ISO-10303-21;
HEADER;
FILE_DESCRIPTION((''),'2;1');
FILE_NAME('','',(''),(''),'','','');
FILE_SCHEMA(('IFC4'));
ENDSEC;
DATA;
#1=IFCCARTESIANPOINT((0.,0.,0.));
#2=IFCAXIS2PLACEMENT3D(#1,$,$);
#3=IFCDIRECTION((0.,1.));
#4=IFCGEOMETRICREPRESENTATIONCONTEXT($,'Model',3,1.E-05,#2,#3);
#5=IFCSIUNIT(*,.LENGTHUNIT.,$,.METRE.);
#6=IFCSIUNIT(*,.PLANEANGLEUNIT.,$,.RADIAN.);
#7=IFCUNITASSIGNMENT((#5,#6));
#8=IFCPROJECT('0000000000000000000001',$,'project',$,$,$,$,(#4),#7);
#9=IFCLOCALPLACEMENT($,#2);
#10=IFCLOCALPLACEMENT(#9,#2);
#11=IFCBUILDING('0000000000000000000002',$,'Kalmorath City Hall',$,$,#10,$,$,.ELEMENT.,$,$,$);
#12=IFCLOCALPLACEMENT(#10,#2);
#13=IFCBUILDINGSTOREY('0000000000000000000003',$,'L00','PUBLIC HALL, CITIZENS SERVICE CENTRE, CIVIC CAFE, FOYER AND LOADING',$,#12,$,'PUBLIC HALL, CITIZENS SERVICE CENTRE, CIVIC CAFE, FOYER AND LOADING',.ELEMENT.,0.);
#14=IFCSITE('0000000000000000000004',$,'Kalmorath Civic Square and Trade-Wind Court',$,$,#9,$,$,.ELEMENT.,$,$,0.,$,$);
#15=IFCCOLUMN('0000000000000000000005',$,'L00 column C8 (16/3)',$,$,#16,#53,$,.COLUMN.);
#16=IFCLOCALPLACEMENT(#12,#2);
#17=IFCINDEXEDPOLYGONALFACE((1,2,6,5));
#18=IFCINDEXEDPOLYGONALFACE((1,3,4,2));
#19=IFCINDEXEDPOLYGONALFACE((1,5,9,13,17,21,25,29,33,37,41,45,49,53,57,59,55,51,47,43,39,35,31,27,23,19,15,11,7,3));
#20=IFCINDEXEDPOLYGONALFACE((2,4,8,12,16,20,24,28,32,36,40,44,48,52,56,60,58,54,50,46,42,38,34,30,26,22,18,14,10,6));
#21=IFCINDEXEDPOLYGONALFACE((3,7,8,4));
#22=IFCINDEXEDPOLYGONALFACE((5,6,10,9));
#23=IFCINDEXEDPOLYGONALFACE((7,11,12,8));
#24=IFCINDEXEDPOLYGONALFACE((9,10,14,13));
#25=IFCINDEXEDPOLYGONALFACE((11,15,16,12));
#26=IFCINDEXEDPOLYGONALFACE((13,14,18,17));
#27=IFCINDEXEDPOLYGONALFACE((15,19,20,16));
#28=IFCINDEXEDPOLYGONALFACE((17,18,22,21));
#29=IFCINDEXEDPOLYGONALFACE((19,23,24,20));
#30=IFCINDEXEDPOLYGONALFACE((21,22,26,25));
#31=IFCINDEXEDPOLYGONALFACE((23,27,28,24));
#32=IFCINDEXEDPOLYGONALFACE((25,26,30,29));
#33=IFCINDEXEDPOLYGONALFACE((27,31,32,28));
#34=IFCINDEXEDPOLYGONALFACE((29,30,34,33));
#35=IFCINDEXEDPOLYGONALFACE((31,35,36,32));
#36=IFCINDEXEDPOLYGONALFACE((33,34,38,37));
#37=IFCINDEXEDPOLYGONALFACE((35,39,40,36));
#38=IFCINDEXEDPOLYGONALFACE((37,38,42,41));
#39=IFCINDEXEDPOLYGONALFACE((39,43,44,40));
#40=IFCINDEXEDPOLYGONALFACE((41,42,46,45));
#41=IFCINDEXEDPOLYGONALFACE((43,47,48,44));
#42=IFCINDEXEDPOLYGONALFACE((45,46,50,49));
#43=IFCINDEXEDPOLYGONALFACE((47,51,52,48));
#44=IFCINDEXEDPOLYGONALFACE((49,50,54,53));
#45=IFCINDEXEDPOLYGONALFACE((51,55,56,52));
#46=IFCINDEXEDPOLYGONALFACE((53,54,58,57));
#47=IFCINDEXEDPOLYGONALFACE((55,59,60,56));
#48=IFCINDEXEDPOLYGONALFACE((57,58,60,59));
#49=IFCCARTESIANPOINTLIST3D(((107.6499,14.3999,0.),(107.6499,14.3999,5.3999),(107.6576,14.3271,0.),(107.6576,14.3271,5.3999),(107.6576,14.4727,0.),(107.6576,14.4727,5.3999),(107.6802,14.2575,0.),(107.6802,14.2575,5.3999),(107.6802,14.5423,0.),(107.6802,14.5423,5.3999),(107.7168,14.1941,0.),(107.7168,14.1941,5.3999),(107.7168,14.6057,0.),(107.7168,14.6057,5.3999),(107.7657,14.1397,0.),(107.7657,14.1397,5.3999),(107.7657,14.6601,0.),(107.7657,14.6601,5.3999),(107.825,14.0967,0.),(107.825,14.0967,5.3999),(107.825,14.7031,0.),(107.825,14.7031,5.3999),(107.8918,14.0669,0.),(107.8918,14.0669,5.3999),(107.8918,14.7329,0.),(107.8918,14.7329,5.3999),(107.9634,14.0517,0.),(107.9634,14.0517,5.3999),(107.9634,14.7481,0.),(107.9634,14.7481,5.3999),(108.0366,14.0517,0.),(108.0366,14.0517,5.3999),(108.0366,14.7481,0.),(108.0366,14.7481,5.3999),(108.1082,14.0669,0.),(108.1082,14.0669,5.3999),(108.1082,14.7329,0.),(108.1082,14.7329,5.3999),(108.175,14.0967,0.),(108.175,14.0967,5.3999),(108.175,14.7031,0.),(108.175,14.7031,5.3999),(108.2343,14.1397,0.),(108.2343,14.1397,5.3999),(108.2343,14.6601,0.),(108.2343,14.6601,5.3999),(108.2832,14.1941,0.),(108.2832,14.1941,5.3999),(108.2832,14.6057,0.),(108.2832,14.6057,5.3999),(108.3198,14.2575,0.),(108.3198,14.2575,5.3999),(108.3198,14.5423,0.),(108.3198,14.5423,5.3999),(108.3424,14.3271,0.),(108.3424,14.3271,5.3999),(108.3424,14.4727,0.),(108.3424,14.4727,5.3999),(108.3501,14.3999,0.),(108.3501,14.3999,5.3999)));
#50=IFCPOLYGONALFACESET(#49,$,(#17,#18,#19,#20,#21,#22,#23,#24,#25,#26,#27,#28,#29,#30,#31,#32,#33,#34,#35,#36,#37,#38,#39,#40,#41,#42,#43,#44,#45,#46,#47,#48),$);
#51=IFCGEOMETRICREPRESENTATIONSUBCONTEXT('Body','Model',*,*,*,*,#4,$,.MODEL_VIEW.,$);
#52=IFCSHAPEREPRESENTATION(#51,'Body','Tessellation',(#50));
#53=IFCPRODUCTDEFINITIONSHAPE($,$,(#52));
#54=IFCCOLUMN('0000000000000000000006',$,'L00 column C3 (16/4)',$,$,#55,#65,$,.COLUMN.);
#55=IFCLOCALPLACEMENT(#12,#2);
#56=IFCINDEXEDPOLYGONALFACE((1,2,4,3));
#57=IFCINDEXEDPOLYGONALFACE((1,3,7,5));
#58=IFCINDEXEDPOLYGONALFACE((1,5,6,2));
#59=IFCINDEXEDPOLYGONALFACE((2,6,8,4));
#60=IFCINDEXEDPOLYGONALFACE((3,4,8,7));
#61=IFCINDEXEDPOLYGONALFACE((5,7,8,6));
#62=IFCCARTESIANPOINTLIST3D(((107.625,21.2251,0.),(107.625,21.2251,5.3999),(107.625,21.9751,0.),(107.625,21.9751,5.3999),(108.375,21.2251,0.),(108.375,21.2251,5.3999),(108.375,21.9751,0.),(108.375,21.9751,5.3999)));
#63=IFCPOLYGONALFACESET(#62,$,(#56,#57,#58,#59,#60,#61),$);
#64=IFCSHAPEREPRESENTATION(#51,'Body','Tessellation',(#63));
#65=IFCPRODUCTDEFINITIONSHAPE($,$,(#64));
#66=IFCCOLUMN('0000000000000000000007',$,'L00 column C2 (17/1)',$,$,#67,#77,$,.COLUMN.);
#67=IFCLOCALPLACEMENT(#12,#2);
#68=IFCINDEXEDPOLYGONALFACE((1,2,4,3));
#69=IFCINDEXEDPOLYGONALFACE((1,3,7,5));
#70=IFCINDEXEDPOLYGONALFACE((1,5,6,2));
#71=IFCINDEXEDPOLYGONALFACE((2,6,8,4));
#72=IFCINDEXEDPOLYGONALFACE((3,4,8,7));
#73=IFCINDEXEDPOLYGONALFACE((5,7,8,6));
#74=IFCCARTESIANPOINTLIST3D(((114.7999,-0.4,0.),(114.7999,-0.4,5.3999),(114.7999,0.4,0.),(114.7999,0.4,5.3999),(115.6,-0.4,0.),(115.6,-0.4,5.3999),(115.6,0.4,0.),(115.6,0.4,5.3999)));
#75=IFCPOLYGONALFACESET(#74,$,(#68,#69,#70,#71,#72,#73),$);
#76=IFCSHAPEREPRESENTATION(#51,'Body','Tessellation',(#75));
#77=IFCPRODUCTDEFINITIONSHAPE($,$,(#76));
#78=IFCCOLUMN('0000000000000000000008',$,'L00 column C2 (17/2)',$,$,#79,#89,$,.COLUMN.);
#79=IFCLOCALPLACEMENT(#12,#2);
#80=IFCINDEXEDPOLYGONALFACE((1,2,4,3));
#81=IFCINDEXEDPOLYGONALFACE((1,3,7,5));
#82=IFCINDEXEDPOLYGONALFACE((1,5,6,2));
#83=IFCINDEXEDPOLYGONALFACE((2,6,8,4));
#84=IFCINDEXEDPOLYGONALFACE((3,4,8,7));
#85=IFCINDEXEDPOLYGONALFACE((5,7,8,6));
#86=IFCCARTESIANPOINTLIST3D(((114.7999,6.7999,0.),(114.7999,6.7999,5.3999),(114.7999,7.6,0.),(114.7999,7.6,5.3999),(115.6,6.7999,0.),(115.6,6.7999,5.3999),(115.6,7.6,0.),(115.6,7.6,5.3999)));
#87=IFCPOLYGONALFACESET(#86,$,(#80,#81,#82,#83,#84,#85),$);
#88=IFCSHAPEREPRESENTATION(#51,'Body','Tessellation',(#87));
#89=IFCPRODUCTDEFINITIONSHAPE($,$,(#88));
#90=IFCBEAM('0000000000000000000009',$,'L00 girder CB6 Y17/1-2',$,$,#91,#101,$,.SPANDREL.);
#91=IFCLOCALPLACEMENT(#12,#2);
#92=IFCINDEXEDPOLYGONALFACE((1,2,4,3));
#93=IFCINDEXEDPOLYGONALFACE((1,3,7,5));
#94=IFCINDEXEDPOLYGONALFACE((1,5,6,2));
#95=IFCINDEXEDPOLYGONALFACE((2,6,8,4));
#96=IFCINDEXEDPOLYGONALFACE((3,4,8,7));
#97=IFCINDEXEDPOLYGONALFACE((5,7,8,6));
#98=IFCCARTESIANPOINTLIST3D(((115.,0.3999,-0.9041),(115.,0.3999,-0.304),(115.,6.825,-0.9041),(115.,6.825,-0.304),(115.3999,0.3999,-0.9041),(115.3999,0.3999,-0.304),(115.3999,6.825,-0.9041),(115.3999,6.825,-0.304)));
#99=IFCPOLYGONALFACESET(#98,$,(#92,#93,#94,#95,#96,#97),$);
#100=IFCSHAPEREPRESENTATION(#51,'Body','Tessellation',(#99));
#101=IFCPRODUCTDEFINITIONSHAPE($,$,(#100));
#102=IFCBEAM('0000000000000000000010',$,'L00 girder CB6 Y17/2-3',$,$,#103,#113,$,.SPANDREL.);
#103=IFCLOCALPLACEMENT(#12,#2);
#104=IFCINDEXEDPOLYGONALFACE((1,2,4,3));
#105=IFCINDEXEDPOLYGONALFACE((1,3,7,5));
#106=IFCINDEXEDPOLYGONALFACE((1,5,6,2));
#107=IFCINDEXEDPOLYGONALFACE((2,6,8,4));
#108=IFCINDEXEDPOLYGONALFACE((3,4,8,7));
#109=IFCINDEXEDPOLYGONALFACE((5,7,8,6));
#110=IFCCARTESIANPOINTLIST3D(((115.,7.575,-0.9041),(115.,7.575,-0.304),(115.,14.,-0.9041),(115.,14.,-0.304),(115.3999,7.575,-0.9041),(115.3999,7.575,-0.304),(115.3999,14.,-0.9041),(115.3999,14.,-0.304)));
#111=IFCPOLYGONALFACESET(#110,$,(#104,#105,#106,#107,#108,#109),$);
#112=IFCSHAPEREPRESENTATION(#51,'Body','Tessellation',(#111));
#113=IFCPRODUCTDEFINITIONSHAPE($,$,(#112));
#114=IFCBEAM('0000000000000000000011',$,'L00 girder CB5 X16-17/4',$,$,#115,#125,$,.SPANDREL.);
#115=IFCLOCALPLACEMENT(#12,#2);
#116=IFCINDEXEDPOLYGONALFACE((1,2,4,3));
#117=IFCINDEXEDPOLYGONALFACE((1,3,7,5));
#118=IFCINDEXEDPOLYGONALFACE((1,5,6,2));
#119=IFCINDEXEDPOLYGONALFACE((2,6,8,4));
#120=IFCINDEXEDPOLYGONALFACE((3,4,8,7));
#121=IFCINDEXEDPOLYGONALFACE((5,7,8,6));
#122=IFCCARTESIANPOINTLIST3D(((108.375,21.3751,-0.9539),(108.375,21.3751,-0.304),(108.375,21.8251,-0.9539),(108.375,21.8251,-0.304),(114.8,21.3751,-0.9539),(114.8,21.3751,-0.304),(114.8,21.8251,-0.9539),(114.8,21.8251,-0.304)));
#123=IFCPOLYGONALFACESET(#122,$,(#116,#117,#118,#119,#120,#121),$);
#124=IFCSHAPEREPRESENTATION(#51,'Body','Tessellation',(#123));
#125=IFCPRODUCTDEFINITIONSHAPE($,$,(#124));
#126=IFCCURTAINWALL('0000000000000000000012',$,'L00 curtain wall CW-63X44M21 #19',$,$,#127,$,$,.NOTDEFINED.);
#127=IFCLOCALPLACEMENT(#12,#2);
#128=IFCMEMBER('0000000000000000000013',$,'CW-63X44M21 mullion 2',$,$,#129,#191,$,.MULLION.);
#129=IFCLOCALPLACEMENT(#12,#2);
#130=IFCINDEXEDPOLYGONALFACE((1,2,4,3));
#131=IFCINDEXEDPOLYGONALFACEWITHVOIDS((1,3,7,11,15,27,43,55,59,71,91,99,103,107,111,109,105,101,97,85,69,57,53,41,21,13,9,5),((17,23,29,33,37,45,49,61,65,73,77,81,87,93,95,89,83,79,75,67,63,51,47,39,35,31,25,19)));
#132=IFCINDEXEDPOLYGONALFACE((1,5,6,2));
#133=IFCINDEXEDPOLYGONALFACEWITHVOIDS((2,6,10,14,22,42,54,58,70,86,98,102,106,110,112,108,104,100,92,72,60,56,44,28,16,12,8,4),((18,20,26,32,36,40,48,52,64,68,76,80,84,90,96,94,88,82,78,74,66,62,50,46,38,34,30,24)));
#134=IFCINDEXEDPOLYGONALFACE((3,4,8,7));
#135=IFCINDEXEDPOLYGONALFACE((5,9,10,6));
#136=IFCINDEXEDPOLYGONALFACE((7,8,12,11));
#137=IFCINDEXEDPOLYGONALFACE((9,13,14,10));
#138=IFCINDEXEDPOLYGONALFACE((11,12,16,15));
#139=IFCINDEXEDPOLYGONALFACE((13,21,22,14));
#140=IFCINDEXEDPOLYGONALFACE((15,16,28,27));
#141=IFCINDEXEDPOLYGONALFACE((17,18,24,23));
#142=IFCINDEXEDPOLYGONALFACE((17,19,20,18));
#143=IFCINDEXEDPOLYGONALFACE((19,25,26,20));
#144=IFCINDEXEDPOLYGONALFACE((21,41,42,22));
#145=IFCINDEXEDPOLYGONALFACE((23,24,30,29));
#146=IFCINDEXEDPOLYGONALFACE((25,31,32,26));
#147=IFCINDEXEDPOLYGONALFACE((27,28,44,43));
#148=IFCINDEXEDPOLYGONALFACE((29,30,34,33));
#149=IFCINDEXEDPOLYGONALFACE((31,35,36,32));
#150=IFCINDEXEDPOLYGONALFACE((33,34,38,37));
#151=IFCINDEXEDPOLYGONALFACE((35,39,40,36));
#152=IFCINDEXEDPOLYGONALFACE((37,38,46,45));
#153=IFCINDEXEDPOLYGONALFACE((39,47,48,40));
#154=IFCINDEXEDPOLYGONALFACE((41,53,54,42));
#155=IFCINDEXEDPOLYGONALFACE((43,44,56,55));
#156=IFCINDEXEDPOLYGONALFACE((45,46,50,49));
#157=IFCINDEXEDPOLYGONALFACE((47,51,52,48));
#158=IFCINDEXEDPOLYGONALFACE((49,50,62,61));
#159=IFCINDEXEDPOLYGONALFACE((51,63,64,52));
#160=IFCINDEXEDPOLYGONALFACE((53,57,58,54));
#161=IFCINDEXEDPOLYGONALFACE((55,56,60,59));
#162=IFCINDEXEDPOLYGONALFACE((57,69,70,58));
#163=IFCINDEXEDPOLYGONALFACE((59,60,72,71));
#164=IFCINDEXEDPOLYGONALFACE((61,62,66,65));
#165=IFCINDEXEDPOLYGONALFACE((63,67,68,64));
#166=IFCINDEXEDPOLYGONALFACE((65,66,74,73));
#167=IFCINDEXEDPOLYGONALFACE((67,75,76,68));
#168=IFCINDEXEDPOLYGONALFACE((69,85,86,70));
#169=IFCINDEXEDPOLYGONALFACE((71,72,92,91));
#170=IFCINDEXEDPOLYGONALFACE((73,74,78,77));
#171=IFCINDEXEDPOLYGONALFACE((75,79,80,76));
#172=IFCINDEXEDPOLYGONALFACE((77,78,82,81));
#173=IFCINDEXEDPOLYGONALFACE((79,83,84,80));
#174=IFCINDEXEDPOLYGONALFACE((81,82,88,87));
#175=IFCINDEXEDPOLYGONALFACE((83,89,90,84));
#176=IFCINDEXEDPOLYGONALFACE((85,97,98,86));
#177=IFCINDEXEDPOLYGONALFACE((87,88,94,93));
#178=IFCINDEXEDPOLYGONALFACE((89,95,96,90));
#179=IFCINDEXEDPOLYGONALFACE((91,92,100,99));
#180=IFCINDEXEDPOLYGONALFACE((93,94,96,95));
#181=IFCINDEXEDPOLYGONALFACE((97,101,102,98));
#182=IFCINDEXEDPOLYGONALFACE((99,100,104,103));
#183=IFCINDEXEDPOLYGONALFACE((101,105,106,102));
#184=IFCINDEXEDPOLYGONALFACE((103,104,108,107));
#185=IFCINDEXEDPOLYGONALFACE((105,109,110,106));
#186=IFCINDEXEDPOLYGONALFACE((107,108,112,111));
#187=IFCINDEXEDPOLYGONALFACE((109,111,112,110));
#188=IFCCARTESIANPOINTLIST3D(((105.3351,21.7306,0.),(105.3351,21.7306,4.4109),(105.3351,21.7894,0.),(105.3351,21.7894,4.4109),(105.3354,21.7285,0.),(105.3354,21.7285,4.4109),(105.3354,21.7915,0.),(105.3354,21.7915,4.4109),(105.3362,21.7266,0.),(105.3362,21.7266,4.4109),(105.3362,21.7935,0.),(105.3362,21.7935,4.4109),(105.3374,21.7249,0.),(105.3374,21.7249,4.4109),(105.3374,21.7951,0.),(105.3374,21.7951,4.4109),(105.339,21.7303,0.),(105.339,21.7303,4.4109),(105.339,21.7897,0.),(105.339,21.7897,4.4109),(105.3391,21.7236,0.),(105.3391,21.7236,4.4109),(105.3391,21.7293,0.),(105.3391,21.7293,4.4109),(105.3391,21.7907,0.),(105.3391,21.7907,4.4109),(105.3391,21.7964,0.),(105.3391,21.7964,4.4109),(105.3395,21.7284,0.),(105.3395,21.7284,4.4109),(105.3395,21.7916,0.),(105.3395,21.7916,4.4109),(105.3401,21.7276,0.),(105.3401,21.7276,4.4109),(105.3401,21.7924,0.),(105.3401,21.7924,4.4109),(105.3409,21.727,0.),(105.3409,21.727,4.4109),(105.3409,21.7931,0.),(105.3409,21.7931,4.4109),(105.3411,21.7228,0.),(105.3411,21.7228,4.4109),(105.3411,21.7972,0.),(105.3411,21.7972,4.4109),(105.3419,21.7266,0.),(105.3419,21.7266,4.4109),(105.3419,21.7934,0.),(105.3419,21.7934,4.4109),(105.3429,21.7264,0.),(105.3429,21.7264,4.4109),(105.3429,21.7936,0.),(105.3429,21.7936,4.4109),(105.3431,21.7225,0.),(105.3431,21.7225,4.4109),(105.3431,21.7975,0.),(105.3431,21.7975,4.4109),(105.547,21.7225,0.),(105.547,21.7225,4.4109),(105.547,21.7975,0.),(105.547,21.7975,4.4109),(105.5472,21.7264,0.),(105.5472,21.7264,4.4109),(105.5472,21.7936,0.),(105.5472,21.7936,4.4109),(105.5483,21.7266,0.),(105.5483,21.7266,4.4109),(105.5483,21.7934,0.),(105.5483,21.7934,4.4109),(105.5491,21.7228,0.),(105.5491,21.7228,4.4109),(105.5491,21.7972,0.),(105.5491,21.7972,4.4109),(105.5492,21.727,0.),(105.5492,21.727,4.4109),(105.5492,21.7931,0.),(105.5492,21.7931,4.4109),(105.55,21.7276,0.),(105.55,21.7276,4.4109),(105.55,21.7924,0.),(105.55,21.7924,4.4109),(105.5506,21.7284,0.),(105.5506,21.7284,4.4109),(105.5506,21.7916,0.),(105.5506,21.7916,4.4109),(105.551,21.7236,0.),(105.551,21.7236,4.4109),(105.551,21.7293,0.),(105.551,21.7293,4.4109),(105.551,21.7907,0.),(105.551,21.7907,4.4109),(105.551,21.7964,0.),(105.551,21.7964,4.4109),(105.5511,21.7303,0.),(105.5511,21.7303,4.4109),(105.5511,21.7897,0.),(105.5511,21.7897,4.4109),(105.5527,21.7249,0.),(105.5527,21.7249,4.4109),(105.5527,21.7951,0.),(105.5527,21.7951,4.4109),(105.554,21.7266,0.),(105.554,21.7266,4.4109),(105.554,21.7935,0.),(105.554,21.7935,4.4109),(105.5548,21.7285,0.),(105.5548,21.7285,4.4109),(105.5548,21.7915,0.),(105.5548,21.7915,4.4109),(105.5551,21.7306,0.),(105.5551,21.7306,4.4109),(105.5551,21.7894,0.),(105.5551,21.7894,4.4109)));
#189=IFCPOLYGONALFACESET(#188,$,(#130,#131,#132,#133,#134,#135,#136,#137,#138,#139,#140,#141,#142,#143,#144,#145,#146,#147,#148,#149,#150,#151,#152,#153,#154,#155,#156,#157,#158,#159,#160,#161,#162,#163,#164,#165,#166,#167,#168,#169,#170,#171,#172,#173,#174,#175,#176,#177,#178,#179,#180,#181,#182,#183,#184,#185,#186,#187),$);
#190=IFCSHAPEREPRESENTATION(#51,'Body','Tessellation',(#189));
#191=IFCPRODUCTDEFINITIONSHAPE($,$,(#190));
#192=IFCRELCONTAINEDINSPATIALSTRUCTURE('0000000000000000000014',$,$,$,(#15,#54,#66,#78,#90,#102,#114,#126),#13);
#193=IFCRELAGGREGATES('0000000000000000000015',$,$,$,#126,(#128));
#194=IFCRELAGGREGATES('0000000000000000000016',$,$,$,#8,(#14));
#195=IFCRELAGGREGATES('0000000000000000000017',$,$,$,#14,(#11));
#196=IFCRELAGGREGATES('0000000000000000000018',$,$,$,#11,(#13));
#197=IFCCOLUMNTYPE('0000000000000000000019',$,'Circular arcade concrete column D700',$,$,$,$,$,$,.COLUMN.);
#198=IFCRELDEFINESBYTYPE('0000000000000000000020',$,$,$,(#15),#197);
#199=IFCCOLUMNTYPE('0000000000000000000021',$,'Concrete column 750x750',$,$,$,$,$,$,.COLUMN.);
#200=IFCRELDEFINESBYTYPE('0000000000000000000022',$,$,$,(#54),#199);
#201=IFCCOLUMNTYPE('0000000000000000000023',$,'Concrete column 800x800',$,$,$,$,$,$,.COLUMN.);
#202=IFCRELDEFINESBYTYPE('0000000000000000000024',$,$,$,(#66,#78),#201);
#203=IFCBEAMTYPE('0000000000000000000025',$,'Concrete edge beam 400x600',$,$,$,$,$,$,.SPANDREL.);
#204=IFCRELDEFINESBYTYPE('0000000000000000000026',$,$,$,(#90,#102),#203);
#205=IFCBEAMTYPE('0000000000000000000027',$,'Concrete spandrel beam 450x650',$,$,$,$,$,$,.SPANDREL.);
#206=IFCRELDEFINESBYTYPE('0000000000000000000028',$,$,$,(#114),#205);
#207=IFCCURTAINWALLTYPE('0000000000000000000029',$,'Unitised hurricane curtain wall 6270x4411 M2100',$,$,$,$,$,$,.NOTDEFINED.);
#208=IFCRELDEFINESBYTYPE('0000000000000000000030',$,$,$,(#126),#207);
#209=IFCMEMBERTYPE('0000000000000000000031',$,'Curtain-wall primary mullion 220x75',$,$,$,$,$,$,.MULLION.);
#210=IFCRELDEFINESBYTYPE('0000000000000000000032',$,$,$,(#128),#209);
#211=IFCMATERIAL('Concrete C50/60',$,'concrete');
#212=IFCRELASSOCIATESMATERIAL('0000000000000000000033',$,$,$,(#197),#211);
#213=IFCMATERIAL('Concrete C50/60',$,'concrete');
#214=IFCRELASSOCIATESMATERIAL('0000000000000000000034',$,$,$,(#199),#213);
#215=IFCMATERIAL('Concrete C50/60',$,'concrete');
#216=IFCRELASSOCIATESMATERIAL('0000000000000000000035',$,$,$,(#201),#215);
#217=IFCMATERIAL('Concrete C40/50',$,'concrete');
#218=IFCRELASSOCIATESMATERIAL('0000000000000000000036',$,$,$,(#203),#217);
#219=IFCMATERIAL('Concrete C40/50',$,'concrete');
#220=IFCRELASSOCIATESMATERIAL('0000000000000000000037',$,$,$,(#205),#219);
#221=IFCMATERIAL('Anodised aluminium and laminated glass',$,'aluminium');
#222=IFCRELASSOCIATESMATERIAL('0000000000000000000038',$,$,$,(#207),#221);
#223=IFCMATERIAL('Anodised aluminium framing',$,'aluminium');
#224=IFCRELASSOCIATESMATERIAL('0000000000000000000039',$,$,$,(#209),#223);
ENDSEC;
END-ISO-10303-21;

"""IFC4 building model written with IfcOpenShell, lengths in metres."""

from ifc_helpers import new_model, si_unit, direction, frame, origin, origin_2d, place, context, subcontext, project, spatial, rectangle, hollow_rectangle, circle, extrude, material, material_profile, profile_set, type_object, element, aggregate, save


model = new_model("IFC4")

# Units and contexts
model_context = context("Model", 3, precision=1e-05, world=origin(), true_north=direction((0.0, 1.0)))
body_context = subcontext(model_context, "Body", "Model", "MODEL_VIEW")
ifc_project = project(units=[si_unit("LENGTHUNIT", "METRE"), si_unit("PLANEANGLEUNIT", "RADIAN")], contexts=[model_context])

# Site, building, storey
site_placement = place(None, origin())
site = spatial("IfcSite", under=ifc_project, at=site_placement, Name="Kalmorath Civic Square and Trade-Wind Court", CompositionType="ELEMENT", RefElevation=0.0)
building_placement = place(site_placement, origin())
building = spatial("IfcBuilding", under=site, at=building_placement, Name="Kalmorath City Hall", CompositionType="ELEMENT")
storey_placement = place(building_placement, origin())
storey = spatial("IfcBuildingStorey", under=building, at=storey_placement, Name="L00", Description="PUBLIC HALL, CITIZENS SERVICE CENTRE, CIVIC CAFE, FOYER AND LOADING", LongName="PUBLIC HALL, CITIZENS SERVICE CENTRE, CIVIC CAFE, FOYER AND LOADING", CompositionType="ELEMENT", Elevation=0.0)

# Columns
ifc_material_1 = material(Name="Concrete C50/60", Category="concrete")
ifc_material_profile_1 = material_profile(ifc_material_1, circle(Radius=0.3501, at=origin_2d()), Name="RC-COL-D700")
ifc_profile_set_1 = profile_set([ifc_material_profile_1], Name="Concrete C50/60")
column_type_1 = type_object("IfcColumnType", Name="Circular arcade concrete column D700", PredefinedType="COLUMN", material=ifc_profile_set_1)
column_1_placement = place(storey_placement, frame((108.0, 14.3999, 0.0), z_axis=(0.0, 0.0, 1.0), x_axis=(1.0, 0.0, 0.0)))
element("IfcColumn", 1, at=column_1_placement, inside=storey, type_object=column_type_1, Name="L00 column C8 (16/3)", PredefinedType="COLUMN", context=body_context, shape_type="SweptSolid", body=[
    extrude(circle(Radius=0.3501, at=origin_2d()), origin(), (0.0, 0.0, 1.0), 5.3999),
])
ifc_material_2 = material(Name="Concrete C50/60", Category="concrete")
ifc_material_profile_2 = material_profile(ifc_material_2, rectangle(XDim=0.75, YDim=0.75, at=origin_2d()), Name="RC-COL-750X750")
ifc_profile_set_2 = profile_set([ifc_material_profile_2], Name="Concrete C50/60")
column_type_2 = type_object("IfcColumnType", Name="Concrete column 750x750", PredefinedType="COLUMN", material=ifc_profile_set_2)
column_2_placement = place(storey_placement, frame((108.0, 21.6001, 0.0), z_axis=(0.0, 0.0, 1.0), x_axis=(1.0, 0.0, 0.0)))
element("IfcColumn", 2, at=column_2_placement, inside=storey, type_object=column_type_2, Name="L00 column C3 (16/4)", PredefinedType="COLUMN", context=body_context, shape_type="SweptSolid", body=[
    extrude(rectangle(XDim=0.75, YDim=0.75, at=origin_2d()), origin(), (0.0, 0.0, 1.0), 5.3999),
])
ifc_material_3 = material(Name="Concrete C50/60", Category="concrete")
ifc_material_profile_3 = material_profile(ifc_material_3, rectangle(XDim=0.8, YDim=0.8, at=origin_2d()), Name="RC-COL-800X800")
ifc_profile_set_3 = profile_set([ifc_material_profile_3], Name="Concrete C50/60")
column_type_3 = type_object("IfcColumnType", Name="Concrete column 800x800", PredefinedType="COLUMN", material=ifc_profile_set_3)
for number, where, z_axis, x_axis, name in (
    (3, (115.2, 0.0, 0.0), (0.0, 0.0, 1.0), (1.0, 0.0, 0.0), "L00 column C2 (17/1)"),
    (4, (115.2, 7.2, 0.0), (0.0, 0.0, 1.0), (1.0, 0.0, 0.0), "L00 column C2 (17/2)"),
):
    element("IfcColumn", number, at=place(storey_placement, frame(where, z_axis=z_axis, x_axis=x_axis)), inside=storey, type_object=column_type_3, Name=name, PredefinedType="COLUMN", context=body_context, shape_type="SweptSolid", body=[
        extrude(rectangle(XDim=0.8, YDim=0.8, at=origin_2d()), origin(), (0.0, 0.0, 1.0), 5.3999),
    ])

# Beams
ifc_material_4 = material(Name="Concrete C40/50", Category="concrete")
ifc_material_profile_4 = material_profile(ifc_material_4, rectangle(XDim=0.3999, YDim=0.6001, at=origin_2d()), Name="RC-BM-400X600")
ifc_profile_set_4 = profile_set([ifc_material_profile_4], Name="Concrete C40/50")
beam_type_1 = type_object("IfcBeamType", Name="Concrete edge beam 400x600", PredefinedType="SPANDREL", material=ifc_profile_set_4)
for number, where, z_axis, x_axis, name in (
    (5, (115.2, 0.3999, -0.604), (0.0, 1.0, 0.0), (-1.0, 0.0, 0.0), "L00 girder CB6 Y17/1-2"),
    (6, (115.2, 7.575, -0.604), (0.0, 1.0, 0.0), (-1.0, 0.0, 0.0), "L00 girder CB6 Y17/2-3"),
):
    element("IfcBeam", number, at=place(storey_placement, frame(where, z_axis=z_axis, x_axis=x_axis)), inside=storey, type_object=beam_type_1, Name=name, PredefinedType="SPANDREL", context=body_context, shape_type="SweptSolid", body=[
        extrude(rectangle(XDim=0.3999, YDim=0.6001, at=origin_2d()), origin(), (0.0, 0.0, 1.0), 6.425),
    ])
ifc_material_5 = material(Name="Concrete C40/50", Category="concrete")
ifc_material_profile_5 = material_profile(ifc_material_5, rectangle(XDim=0.45, YDim=0.6499, at=origin_2d()), Name="RC-BM-450X650")
ifc_profile_set_5 = profile_set([ifc_material_profile_5], Name="Concrete C40/50")
beam_type_2 = type_object("IfcBeamType", Name="Concrete spandrel beam 450x650", PredefinedType="SPANDREL", material=ifc_profile_set_5)
beam_placement = place(storey_placement, frame((108.375, 21.6001, -0.6289), z_axis=(1.0, 0.0, 0.0), x_axis=(0.0, 1.0, 0.0)))
element("IfcBeam", 7, at=beam_placement, inside=storey, type_object=beam_type_2, Name="L00 girder CB5 X16-17/4", PredefinedType="SPANDREL", context=body_context, shape_type="SweptSolid", body=[
    extrude(rectangle(XDim=0.45, YDim=0.6499, at=origin_2d()), origin(), (0.0, 0.0, 1.0), 6.425),
])

# Curtain wall, member
ifc_material_6 = material(Name="Anodised aluminium and laminated glass", Category="aluminium")
curtain_wall_type = type_object("IfcCurtainWallType", Name="Unitised hurricane curtain wall 6270x4411 M2100", PredefinedType="NOTDEFINED", material=ifc_material_6)
curtain_wall_placement = place(storey_placement, origin())
curtain_wall = element("IfcCurtainWall", 8, at=curtain_wall_placement, inside=storey, type_object=curtain_wall_type, Name="L00 curtain wall CW-63X44M21 #19", PredefinedType="NOTDEFINED")
ifc_material_7 = material(Name="Anodised aluminium framing", Category="aluminium")
ifc_material_profile_6 = material_profile(ifc_material_7, hollow_rectangle(XDim=0.075, YDim=0.22, WallThickness=0.0039, InnerFilletRadius=0.0039, OuterFilletRadius=0.0081, at=origin_2d()), Name="ALU-MUL-220X75X4")
ifc_profile_set_6 = profile_set([ifc_material_profile_6], Name="Anodised aluminium framing")
member_type_1 = type_object("IfcMemberType", Name="Curtain-wall primary mullion 220x75", PredefinedType="MULLION", material=ifc_profile_set_6)
member_1_placement = place(storey_placement, frame((105.4451, 21.76, 0.0), z_axis=(0.0, 0.0, 1.0), x_axis=(0.0, -1.0, 0.0)))
member_1 = element("IfcMember", 9, at=member_1_placement, type_object=member_type_1, Name="CW-63X44M21 mullion 2", PredefinedType="MULLION", context=body_context, shape_type="SweptSolid", body=[
    extrude(hollow_rectangle(XDim=0.075, YDim=0.22, WallThickness=0.0039, InnerFilletRadius=0.0039, OuterFilletRadius=0.0081, at=origin_2d()), origin(), (0.0, 0.0, 1.0), 4.4109),
])

aggregate(curtain_wall, [member_1])

save(model, "model.ifc")
